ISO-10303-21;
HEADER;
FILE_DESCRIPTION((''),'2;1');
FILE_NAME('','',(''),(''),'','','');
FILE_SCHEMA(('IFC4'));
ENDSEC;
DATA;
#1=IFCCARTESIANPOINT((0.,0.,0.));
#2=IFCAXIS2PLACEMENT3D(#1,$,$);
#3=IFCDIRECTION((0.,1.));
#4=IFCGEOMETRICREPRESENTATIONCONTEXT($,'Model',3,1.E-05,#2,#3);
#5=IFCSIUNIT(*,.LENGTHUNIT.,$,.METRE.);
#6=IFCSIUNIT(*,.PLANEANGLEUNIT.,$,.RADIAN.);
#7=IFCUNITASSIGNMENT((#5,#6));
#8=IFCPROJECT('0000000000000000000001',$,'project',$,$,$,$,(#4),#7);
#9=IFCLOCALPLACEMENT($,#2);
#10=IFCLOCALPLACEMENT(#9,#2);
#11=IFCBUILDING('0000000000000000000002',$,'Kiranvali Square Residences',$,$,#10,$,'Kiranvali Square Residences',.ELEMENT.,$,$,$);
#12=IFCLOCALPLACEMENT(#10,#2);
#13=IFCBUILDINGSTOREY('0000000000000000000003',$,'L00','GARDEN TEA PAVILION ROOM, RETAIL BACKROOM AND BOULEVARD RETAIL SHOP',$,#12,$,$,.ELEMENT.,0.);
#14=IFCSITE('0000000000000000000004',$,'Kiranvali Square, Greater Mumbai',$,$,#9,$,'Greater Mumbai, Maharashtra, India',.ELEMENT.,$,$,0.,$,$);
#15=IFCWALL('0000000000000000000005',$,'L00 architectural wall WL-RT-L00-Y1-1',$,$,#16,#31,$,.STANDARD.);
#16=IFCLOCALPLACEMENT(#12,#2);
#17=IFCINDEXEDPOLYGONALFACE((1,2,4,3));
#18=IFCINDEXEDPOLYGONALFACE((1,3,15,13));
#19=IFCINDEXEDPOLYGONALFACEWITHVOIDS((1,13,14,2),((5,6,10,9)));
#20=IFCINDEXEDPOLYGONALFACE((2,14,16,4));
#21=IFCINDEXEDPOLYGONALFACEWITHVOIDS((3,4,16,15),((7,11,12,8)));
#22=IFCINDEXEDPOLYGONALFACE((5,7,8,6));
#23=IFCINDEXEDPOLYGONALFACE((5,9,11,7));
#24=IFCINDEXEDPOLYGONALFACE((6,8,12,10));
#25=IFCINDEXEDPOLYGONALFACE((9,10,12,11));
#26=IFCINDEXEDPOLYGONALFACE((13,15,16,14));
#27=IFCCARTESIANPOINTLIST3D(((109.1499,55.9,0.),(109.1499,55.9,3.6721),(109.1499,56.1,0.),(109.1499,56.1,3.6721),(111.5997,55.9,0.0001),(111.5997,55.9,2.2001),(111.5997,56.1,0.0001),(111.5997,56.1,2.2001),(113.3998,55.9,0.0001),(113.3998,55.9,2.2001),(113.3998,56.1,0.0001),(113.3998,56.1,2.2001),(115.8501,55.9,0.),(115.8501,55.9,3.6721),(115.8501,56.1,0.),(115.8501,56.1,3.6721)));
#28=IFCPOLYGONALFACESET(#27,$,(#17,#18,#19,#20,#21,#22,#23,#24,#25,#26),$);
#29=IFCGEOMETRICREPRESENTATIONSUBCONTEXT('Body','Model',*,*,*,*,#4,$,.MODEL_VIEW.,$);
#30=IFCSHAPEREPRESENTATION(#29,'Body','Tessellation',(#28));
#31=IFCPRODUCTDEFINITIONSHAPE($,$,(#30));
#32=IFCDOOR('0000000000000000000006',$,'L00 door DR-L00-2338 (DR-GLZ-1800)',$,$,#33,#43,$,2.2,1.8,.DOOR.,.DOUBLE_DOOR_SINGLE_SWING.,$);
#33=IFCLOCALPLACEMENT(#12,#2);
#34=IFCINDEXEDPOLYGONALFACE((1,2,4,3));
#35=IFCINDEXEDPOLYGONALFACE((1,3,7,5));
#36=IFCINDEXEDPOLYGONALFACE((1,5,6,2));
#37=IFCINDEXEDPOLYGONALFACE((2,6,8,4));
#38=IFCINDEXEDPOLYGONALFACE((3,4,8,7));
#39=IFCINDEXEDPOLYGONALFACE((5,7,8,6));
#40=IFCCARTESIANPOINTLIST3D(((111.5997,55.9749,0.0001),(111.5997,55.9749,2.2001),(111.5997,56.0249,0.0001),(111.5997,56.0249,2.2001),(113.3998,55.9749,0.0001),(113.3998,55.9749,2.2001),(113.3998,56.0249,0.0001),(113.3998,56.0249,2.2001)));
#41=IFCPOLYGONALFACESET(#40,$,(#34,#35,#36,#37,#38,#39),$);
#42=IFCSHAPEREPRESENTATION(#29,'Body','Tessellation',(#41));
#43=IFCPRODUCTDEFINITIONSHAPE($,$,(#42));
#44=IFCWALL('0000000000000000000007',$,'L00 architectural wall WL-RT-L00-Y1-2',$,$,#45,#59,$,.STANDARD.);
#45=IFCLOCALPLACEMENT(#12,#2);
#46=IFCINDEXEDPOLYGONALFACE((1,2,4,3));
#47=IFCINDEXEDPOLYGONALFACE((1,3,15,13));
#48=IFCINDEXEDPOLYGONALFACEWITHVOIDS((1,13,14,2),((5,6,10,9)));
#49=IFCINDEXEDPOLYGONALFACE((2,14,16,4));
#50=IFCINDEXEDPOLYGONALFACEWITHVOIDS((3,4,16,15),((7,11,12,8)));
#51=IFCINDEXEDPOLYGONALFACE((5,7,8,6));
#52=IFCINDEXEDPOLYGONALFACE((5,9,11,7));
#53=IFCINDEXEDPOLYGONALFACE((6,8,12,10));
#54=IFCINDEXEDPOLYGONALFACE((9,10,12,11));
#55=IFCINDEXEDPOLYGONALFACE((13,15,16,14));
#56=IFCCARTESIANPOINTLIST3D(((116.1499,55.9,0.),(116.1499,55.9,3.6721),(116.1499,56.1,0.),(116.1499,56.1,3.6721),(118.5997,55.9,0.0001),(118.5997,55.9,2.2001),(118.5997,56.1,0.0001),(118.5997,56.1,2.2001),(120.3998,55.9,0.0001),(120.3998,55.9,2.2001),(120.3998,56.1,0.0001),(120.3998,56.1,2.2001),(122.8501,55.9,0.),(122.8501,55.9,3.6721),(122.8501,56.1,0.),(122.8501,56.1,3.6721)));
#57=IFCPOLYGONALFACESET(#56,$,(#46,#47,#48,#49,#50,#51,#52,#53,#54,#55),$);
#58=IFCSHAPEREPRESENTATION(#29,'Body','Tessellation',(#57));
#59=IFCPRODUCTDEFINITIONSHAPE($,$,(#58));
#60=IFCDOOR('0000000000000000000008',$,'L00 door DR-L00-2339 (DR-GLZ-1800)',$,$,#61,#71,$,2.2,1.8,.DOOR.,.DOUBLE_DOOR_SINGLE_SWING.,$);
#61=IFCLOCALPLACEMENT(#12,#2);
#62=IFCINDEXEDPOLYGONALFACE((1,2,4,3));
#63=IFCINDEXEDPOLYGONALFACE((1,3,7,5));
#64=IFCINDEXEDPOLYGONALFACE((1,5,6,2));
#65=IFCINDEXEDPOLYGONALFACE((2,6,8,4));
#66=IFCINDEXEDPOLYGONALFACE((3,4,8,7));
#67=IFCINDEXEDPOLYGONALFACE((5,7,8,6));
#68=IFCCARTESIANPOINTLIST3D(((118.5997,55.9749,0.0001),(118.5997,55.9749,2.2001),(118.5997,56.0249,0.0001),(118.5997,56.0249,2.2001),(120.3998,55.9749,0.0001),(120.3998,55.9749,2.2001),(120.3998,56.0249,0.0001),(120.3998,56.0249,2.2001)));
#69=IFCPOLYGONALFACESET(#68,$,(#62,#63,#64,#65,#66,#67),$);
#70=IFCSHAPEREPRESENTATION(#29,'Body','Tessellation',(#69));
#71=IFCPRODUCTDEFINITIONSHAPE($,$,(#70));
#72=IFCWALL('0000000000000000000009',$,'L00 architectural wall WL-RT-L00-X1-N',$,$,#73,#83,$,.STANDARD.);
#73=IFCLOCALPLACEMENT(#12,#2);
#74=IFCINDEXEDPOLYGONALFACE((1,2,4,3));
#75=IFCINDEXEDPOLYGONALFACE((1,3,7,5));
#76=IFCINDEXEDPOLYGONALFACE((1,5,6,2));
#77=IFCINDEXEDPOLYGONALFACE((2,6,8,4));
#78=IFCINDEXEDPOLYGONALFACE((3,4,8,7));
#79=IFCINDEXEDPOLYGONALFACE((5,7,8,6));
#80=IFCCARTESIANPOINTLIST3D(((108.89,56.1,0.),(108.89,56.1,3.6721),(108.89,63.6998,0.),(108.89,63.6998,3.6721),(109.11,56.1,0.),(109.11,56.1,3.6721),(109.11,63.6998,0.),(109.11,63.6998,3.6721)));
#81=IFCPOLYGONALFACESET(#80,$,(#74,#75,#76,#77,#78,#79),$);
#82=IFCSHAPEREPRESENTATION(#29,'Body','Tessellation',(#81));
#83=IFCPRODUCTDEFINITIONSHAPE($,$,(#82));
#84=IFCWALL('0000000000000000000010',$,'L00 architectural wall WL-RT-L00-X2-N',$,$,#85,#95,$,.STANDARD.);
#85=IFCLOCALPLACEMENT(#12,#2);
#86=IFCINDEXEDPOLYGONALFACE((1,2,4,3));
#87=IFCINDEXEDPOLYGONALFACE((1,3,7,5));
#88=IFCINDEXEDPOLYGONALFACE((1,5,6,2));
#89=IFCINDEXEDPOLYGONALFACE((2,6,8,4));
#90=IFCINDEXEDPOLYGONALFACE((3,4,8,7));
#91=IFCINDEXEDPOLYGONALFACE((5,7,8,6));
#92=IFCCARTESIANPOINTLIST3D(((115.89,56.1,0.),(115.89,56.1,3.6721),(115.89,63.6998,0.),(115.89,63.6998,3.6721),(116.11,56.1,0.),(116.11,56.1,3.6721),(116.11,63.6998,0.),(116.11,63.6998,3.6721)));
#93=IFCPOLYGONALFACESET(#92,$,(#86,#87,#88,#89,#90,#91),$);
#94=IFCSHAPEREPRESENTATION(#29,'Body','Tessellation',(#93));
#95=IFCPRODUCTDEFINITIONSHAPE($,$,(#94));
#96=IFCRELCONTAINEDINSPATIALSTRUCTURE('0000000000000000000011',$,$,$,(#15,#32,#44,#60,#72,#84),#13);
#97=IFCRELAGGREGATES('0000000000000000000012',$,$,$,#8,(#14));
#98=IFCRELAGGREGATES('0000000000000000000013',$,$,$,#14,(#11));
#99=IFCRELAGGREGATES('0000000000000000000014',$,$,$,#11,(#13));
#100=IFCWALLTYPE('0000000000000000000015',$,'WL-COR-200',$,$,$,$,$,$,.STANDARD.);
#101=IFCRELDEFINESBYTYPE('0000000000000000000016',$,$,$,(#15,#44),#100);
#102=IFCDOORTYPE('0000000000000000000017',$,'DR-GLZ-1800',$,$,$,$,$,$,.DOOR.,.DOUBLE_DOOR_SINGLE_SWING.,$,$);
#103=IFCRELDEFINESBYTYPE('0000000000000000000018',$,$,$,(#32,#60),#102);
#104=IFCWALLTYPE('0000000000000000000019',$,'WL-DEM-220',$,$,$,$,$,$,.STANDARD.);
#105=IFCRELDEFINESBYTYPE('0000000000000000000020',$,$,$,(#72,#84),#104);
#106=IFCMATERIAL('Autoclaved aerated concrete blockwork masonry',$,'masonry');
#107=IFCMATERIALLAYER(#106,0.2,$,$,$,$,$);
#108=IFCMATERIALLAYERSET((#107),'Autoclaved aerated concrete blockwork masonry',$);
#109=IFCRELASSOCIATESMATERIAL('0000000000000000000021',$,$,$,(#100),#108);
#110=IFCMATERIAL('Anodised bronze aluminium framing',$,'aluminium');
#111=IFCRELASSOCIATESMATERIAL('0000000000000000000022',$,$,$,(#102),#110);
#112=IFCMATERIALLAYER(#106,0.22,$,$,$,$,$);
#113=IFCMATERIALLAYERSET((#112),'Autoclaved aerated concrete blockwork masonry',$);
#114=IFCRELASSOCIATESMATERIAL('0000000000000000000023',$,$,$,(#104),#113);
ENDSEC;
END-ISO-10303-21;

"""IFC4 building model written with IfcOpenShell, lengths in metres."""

from ifc_helpers import new_model, si_unit, direction, frame, frame_2d, origin, place, context, subcontext, project, spatial, rectangle, extrude, material, layer, layer_set, type_object, element, fill, save


model = new_model("IFC4")

# Units and contexts
model_context = context("Model", 3, precision=1e-05, world=origin(), true_north=direction((0.0, 1.0)))
body_context = subcontext(model_context, "Body", "Model", "MODEL_VIEW")
ifc_project = project(units=[si_unit("LENGTHUNIT", "METRE"), si_unit("PLANEANGLEUNIT", "RADIAN")], contexts=[model_context])

# Site, building, storey
site_placement = place(None, origin())
site = spatial("IfcSite", under=ifc_project, at=site_placement, Name="Kiranvali Square, Greater Mumbai", LongName="Greater Mumbai, Maharashtra, India", CompositionType="ELEMENT", RefElevation=0.0)
building_placement = place(site_placement, origin())
building = spatial("IfcBuilding", under=site, at=building_placement, Name="Kiranvali Square Residences", LongName="Kiranvali Square Residences", CompositionType="ELEMENT")
storey_placement = place(building_placement, origin())
storey = spatial("IfcBuildingStorey", under=building, at=storey_placement, Name="L00", Description="GARDEN TEA PAVILION ROOM, RETAIL BACKROOM AND BOULEVARD RETAIL SHOP", CompositionType="ELEMENT", Elevation=0.0)

# Shared definitions
ifc_material_1 = material(Name="Anodised bronze aluminium framing", Category="aluminium")

# Walls, openings, doors
ifc_material_2 = material(Name="Autoclaved aerated concrete blockwork masonry", Category="masonry")
ifc_layer_1 = layer(ifc_material_2, 0.2)
ifc_layer_set_1 = layer_set([ifc_layer_1], Name="Autoclaved aerated concrete blockwork masonry")
wall_type_1 = type_object("IfcWallType", Name="WL-COR-200", PredefinedType="STANDARD", material=ifc_layer_set_1)
wall_1_placement = place(storey_placement, frame((109.1499, 56.0, 0.0), z_axis=(0.0, 0.0, 1.0), x_axis=(1.0, 0.0, 0.0)))
wall_1 = element("IfcWall", 1, at=wall_1_placement, inside=storey, type_object=wall_type_1, Name="L00 architectural wall WL-RT-L00-Y1-1", PredefinedType="STANDARD", context=body_context, shape_type="SweptSolid", body=[
    extrude(rectangle(XDim=6.7002, YDim=0.2, at=frame_2d((3.3501, 0.0))), origin(), (0.0, 0.0, 1.0), 3.6721),
])
opening_1_placement = place(wall_1_placement, frame((2.45, 0.0, 0.0)))
opening_1 = element("IfcOpeningElement", 2, at=opening_1_placement, cuts=wall_1, PredefinedType="OPENING", context=body_context, shape_type="SweptSolid", body=[
    extrude(rectangle(XDim=1.8, YDim=2.2, at=frame_2d((0.8999, 1.1001))), frame((0.0, 0.1099, 0.0), z_axis=(0.0, -1.0, 0.0), x_axis=(1.0, 0.0, 0.0)), (0.0, 0.0, 1.0), 0.22),
])
door_type = type_object("IfcDoorType", Name="DR-GLZ-1800", OperationType="DOUBLE_DOOR_SINGLE_SWING", PredefinedType="DOOR", material=ifc_material_1)
door_1_placement = place(opening_1_placement, origin())
door_1 = element("IfcDoor", 3, at=door_1_placement, inside=storey, type_object=door_type, Name="L00 door DR-L00-2338 (DR-GLZ-1800)", OperationType="DOUBLE_DOOR_SINGLE_SWING", OverallHeight=2.2, OverallWidth=1.8, PredefinedType="DOOR", context=body_context, shape_type="SweptSolid", body=[
    extrude(rectangle(XDim=1.8, YDim=2.2, at=frame_2d((0.8999, 1.1001))), frame((0.0, 0.0249, 0.0), z_axis=(0.0, -1.0, 0.0), x_axis=(1.0, 0.0, 0.0)), (0.0, 0.0, 1.0), 0.05),
])
fill(opening_1, door_1)
wall_2_placement = place(storey_placement, frame((116.1499, 56.0, 0.0), z_axis=(0.0, 0.0, 1.0), x_axis=(1.0, 0.0, 0.0)))
wall_2 = element("IfcWall", 4, at=wall_2_placement, inside=storey, type_object=wall_type_1, Name="L00 architectural wall WL-RT-L00-Y1-2", PredefinedType="STANDARD", context=body_context, shape_type="SweptSolid", body=[
    extrude(rectangle(XDim=6.7002, YDim=0.2, at=frame_2d((3.3501, 0.0))), origin(), (0.0, 0.0, 1.0), 3.6721),
])
opening_2_placement = place(wall_2_placement, frame((2.45, 0.0, 0.0)))
opening_2 = element("IfcOpeningElement", 5, at=opening_2_placement, cuts=wall_2, PredefinedType="OPENING", context=body_context, shape_type="SweptSolid", body=[
    extrude(rectangle(XDim=1.8, YDim=2.2, at=frame_2d((0.8999, 1.1001))), frame((0.0, 0.1099, 0.0), z_axis=(0.0, -1.0, 0.0), x_axis=(1.0, 0.0, 0.0)), (0.0, 0.0, 1.0), 0.22),
])
door_2_placement = place(opening_2_placement, origin())
door_2 = element("IfcDoor", 6, at=door_2_placement, inside=storey, type_object=door_type, Name="L00 door DR-L00-2339 (DR-GLZ-1800)", OperationType="DOUBLE_DOOR_SINGLE_SWING", OverallHeight=2.2, OverallWidth=1.8, PredefinedType="DOOR", context=body_context, shape_type="SweptSolid", body=[
    extrude(rectangle(XDim=1.8, YDim=2.2, at=frame_2d((0.8999, 1.1001))), frame((0.0, 0.0249, 0.0), z_axis=(0.0, -1.0, 0.0), x_axis=(1.0, 0.0, 0.0)), (0.0, 0.0, 1.0), 0.05),
])
fill(opening_2, door_2)

# Walls
ifc_layer_2 = layer(ifc_material_2, 0.22)
ifc_layer_set_2 = layer_set([ifc_layer_2], Name="Autoclaved aerated concrete blockwork masonry")
wall_type_2 = type_object("IfcWallType", Name="WL-DEM-220", PredefinedType="STANDARD", material=ifc_layer_set_2)
for number, where, z_axis, x_axis, name in (
    (7, (109.0, 56.1001, 0.0), (0.0, 0.0, 1.0), (0.0, 1.0, 0.0), "L00 architectural wall WL-RT-L00-X1-N"),
    (8, (116.0, 56.1001, 0.0), (0.0, 0.0, 1.0), (0.0, 1.0, 0.0), "L00 architectural wall WL-RT-L00-X2-N"),
):
    element("IfcWall", number, at=place(storey_placement, frame(where, z_axis=z_axis, x_axis=x_axis)), inside=storey, type_object=wall_type_2, Name=name, PredefinedType="STANDARD", context=body_context, shape_type="SweptSolid", body=[
        extrude(rectangle(XDim=7.5999, YDim=0.22, at=frame_2d((3.7998, 0.0))), origin(), (0.0, 0.0, 1.0), 3.6721),
    ])

save(model, "model.ifc")
